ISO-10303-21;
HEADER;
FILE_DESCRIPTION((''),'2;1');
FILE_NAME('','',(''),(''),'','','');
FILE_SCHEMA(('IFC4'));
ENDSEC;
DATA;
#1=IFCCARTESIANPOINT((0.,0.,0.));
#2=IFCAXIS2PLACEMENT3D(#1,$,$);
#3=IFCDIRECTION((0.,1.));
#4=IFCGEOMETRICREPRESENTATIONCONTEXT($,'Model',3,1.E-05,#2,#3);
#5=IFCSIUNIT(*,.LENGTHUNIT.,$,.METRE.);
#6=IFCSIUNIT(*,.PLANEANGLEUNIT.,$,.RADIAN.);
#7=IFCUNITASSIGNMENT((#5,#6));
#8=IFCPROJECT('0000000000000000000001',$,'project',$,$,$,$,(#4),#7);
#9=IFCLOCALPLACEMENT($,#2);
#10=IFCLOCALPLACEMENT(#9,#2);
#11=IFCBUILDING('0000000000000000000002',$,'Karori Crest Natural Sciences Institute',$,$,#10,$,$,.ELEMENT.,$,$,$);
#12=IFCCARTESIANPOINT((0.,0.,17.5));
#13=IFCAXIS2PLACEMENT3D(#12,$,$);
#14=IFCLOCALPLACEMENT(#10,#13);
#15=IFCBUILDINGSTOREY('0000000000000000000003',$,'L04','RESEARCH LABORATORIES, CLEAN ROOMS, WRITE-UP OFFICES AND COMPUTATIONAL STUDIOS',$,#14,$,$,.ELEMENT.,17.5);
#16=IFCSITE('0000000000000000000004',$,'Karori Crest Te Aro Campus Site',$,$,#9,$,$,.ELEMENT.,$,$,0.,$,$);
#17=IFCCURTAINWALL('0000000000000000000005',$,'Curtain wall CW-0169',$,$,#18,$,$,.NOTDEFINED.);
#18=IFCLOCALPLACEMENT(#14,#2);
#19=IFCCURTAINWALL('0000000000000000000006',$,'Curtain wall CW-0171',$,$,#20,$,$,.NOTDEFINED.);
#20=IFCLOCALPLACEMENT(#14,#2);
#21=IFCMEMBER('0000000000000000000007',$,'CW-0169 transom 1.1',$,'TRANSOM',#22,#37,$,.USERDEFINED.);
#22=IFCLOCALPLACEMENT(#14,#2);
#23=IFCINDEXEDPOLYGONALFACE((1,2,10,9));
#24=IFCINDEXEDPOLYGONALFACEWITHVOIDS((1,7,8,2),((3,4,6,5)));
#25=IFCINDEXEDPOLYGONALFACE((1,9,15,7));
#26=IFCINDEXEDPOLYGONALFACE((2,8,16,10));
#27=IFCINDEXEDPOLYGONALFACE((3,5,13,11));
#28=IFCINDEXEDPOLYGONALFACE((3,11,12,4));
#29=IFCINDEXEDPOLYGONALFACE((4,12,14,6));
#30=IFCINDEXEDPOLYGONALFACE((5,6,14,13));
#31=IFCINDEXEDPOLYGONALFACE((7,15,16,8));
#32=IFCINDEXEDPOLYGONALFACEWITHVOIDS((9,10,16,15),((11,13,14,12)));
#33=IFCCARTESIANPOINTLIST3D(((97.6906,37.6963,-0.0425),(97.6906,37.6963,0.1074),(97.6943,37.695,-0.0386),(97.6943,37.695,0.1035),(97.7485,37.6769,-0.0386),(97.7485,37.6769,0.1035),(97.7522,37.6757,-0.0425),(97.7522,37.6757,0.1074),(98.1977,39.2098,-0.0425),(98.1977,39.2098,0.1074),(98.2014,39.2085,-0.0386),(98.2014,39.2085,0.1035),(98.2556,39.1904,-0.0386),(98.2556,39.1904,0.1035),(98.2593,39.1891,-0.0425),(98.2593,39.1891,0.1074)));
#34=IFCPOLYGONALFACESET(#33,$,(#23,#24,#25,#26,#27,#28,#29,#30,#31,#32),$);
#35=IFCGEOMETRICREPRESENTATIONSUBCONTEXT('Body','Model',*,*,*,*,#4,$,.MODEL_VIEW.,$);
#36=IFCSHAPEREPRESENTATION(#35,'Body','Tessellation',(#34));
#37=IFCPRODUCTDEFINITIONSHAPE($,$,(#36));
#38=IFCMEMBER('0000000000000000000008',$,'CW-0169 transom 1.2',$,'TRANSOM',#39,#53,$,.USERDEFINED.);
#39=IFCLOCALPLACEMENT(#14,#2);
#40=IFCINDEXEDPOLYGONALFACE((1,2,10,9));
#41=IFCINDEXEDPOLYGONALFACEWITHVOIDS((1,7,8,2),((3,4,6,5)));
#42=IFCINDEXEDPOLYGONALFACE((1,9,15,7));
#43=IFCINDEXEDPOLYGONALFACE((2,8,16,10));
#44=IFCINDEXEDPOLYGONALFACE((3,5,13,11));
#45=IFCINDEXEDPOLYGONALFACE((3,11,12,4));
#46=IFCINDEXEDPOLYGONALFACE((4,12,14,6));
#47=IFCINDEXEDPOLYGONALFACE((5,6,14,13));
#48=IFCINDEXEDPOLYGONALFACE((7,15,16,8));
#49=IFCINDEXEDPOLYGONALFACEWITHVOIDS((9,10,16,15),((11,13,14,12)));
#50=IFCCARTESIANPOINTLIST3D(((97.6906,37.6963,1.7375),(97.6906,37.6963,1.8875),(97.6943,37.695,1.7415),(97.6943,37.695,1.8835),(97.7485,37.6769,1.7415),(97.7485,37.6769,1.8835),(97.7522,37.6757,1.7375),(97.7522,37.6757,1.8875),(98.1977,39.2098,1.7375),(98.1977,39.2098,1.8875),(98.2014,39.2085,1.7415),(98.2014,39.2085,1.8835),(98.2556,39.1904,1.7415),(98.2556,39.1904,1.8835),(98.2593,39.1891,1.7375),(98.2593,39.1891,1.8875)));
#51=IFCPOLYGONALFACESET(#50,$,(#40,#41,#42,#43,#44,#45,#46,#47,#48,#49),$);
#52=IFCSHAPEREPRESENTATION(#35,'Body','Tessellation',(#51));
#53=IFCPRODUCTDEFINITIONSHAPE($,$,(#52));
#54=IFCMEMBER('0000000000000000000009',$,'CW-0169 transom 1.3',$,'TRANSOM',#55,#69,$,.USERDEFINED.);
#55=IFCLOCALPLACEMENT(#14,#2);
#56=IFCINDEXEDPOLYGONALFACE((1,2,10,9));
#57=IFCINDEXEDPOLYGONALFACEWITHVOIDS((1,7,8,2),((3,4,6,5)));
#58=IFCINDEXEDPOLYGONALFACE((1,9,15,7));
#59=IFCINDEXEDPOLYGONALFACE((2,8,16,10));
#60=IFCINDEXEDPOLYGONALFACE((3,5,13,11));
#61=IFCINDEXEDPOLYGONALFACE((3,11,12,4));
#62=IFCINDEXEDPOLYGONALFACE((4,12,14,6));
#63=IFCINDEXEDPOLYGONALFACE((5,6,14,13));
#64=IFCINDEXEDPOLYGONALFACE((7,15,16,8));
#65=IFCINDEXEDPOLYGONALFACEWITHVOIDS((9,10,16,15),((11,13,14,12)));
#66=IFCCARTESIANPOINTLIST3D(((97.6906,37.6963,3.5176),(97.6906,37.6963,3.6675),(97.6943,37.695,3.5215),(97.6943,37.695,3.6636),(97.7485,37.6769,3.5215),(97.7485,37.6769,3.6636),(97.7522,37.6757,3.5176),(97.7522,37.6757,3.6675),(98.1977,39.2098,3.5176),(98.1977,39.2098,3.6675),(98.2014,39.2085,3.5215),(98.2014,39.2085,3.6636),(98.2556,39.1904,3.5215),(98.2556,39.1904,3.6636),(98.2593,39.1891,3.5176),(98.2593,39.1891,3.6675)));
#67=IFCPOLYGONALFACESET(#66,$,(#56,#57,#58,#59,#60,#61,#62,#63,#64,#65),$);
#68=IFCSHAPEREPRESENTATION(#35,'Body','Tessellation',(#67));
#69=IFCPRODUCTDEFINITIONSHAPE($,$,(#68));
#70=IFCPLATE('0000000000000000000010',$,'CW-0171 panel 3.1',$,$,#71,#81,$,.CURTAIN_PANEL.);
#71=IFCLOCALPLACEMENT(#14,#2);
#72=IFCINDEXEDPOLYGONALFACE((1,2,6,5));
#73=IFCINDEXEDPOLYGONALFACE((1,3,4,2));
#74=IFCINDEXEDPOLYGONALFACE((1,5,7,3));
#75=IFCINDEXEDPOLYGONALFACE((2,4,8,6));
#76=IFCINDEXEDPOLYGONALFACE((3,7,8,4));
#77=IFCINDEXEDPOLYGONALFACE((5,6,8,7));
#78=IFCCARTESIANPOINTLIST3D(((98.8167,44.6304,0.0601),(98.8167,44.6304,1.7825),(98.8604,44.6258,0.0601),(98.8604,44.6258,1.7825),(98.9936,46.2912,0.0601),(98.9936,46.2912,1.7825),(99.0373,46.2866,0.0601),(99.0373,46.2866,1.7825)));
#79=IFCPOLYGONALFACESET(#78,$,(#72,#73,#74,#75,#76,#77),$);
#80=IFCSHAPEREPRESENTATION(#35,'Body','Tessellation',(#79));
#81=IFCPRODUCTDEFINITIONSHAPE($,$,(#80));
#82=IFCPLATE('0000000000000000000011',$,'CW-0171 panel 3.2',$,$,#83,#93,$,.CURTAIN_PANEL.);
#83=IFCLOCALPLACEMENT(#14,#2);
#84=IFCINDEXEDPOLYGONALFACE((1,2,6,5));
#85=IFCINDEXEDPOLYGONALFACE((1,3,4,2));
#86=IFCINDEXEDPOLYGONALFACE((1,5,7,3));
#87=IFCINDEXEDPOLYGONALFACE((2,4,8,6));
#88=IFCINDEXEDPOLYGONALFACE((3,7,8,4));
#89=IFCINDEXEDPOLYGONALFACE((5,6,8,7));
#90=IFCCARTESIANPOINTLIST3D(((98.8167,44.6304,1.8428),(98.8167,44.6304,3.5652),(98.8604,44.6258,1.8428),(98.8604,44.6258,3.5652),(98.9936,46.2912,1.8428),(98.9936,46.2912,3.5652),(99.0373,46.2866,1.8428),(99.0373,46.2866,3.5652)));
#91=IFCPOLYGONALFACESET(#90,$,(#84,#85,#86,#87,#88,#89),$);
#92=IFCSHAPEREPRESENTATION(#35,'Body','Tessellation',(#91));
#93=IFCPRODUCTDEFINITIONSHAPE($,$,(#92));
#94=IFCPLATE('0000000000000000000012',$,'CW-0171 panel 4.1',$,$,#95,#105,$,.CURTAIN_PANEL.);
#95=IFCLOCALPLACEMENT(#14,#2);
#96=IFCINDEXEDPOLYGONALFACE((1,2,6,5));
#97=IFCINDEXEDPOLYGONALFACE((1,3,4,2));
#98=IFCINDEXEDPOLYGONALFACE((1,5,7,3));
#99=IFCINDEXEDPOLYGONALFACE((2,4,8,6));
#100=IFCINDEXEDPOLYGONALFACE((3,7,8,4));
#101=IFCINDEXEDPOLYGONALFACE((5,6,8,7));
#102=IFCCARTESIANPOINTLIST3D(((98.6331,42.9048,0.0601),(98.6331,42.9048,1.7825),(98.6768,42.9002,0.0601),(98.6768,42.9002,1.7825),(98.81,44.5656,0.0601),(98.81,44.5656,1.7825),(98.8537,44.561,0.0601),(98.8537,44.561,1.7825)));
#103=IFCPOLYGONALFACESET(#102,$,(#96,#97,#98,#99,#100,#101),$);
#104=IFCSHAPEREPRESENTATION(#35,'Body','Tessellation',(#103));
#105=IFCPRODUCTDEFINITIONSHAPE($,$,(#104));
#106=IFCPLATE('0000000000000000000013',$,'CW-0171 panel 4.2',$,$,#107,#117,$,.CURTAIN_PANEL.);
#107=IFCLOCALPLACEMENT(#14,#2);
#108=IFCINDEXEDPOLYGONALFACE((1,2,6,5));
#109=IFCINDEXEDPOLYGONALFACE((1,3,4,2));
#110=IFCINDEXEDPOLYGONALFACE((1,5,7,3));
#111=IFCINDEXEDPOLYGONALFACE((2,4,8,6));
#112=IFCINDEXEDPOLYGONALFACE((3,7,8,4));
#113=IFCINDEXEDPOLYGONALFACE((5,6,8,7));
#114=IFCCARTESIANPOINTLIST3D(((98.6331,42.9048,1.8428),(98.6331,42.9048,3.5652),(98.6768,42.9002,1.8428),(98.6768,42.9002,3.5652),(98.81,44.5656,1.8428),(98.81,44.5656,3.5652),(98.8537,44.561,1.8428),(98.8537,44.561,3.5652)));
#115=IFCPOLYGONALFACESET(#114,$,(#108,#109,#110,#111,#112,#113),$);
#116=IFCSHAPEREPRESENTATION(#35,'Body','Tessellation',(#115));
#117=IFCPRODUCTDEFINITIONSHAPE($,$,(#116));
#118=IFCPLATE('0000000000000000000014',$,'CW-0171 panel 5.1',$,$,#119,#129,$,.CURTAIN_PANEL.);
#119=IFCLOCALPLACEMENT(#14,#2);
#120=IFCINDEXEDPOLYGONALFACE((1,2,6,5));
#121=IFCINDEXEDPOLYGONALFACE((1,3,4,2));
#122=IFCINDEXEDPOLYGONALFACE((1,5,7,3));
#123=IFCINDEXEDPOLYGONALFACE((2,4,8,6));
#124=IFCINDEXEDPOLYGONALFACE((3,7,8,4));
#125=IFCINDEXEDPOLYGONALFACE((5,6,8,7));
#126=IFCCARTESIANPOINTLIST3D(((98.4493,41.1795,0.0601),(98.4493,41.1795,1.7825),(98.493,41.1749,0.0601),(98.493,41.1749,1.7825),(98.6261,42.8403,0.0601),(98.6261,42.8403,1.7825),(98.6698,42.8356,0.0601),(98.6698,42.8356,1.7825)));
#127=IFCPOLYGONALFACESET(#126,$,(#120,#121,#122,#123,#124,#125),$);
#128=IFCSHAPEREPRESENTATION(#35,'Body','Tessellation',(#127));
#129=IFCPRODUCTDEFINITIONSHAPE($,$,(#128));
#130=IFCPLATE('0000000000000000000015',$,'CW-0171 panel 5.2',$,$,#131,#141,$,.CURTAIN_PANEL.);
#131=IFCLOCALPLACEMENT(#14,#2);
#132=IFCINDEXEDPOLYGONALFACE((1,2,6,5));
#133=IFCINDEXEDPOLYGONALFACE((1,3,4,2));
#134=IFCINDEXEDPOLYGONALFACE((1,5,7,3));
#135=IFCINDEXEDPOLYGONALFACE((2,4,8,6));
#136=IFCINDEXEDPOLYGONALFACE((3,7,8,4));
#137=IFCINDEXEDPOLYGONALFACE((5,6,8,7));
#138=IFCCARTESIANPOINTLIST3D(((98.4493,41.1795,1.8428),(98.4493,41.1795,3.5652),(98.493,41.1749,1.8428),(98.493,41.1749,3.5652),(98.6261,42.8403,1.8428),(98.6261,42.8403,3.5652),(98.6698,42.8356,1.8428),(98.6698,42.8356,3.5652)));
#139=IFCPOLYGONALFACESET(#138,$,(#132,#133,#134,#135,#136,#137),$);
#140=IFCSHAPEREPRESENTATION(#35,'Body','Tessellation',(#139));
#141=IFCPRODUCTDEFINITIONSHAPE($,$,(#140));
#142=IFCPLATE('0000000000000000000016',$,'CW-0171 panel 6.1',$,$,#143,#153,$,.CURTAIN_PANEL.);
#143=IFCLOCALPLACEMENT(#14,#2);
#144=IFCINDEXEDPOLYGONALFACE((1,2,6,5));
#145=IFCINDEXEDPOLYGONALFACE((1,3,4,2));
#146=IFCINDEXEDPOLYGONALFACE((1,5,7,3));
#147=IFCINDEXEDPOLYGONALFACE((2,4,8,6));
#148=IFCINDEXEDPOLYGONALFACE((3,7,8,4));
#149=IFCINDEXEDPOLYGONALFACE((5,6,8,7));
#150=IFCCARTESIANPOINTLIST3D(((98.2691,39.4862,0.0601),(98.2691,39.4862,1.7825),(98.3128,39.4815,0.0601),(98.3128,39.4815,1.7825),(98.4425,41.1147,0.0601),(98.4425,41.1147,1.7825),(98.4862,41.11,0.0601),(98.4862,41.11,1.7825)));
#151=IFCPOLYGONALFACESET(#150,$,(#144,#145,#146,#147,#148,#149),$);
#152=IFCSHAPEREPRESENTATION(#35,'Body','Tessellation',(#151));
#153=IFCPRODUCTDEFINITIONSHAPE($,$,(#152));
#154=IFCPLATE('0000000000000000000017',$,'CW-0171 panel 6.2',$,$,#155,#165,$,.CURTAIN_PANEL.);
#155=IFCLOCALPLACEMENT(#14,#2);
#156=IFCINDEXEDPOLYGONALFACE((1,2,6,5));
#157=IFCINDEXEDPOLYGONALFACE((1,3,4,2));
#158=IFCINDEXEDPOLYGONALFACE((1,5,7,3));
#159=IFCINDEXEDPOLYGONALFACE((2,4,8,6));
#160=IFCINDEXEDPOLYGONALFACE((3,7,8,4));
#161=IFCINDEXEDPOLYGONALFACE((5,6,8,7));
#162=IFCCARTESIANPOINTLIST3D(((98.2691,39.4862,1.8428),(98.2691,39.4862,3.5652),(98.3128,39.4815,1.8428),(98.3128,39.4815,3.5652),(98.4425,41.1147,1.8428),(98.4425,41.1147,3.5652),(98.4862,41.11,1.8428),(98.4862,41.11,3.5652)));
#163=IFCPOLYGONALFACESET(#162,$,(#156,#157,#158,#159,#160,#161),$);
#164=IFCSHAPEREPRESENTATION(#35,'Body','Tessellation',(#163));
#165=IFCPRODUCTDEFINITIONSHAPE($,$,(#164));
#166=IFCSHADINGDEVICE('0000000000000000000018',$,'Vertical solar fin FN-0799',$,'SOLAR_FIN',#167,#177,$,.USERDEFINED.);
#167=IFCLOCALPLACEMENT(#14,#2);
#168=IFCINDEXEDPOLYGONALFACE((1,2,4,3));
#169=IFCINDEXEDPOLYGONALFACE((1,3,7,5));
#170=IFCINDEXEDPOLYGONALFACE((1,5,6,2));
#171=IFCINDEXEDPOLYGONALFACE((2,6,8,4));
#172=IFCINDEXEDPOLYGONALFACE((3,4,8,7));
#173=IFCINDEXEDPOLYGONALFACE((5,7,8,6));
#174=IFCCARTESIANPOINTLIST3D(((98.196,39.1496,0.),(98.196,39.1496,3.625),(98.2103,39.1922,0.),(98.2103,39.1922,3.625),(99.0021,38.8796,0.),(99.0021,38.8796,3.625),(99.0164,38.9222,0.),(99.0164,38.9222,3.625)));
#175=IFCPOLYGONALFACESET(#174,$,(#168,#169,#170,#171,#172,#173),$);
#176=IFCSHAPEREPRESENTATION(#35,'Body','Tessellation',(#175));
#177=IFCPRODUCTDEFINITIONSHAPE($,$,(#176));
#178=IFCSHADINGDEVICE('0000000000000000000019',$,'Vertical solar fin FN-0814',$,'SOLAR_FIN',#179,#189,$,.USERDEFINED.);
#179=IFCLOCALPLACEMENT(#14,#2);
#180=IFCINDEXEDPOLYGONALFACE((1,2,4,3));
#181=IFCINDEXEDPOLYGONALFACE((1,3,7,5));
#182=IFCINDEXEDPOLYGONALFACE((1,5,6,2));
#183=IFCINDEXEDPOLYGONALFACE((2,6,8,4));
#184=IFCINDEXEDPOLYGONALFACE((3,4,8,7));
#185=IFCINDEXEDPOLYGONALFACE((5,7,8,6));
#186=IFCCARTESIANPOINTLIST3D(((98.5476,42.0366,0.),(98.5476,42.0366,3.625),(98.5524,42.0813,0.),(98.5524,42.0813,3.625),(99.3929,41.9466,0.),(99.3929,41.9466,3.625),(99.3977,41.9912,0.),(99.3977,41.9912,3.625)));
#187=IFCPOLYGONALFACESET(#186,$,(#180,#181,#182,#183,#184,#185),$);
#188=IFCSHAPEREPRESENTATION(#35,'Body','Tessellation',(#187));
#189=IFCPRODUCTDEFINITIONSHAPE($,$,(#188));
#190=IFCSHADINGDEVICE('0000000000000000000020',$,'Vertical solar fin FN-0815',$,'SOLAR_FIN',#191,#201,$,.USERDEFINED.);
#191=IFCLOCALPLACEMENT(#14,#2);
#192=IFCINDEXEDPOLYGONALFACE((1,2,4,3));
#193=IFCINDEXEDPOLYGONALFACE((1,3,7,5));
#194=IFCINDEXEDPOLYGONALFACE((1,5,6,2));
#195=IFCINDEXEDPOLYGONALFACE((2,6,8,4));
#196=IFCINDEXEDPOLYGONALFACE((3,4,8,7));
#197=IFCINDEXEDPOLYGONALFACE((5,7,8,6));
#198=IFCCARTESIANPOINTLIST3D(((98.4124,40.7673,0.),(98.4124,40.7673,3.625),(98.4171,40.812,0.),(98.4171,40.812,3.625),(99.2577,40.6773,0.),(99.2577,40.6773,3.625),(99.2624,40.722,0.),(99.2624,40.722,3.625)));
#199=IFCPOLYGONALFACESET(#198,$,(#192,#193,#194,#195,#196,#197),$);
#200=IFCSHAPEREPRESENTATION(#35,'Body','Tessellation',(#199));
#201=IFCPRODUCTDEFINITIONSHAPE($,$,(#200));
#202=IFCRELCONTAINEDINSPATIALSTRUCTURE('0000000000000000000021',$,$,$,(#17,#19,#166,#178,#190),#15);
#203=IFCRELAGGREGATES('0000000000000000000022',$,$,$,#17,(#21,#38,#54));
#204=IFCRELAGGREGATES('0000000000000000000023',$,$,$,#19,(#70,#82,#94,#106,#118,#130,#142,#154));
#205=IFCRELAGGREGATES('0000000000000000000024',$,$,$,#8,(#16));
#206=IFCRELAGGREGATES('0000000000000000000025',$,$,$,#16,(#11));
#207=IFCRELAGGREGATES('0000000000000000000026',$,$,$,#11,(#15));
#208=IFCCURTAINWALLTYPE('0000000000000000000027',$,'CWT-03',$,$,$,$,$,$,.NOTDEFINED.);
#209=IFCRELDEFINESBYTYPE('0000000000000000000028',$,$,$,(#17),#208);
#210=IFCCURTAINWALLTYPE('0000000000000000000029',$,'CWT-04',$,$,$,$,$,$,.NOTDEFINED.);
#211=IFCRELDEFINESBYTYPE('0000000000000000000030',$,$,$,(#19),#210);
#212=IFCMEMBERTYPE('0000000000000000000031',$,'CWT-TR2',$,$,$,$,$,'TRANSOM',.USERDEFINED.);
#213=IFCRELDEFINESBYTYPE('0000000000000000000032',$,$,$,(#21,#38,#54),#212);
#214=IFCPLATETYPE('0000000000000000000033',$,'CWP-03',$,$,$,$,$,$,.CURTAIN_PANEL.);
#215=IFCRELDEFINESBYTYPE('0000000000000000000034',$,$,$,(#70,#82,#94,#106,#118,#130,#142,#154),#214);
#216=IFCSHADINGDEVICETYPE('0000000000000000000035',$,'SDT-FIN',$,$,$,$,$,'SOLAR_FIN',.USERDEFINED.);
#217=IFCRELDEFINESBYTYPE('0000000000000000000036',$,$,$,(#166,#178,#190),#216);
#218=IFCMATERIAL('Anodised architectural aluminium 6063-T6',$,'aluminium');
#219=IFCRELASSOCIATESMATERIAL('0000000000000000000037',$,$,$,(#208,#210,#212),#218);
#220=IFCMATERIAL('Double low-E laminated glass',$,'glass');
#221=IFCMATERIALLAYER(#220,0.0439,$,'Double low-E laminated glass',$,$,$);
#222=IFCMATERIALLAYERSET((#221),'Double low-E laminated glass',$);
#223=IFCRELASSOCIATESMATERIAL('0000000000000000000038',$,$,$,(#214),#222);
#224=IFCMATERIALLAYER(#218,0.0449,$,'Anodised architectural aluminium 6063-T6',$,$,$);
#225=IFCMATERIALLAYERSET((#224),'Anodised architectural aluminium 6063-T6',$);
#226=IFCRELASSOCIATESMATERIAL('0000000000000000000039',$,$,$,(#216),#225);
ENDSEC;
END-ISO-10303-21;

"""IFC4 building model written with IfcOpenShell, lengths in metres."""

from ifc_helpers import new_model, si_unit, direction, frame, origin, origin_2d, place, context, subcontext, project, spatial, rectangle, hollow_rectangle, extrude, material, layer, layer_set, material_profile, profile_set, type_object, element, aggregate, save


model = new_model("IFC4")

# Units and contexts
model_context = context("Model", 3, precision=1e-05, world=origin(), true_north=direction((0.0, 1.0)))
body_context = subcontext(model_context, "Body", "Model", "MODEL_VIEW")
ifc_project = project(units=[si_unit("LENGTHUNIT", "METRE"), si_unit("PLANEANGLEUNIT", "RADIAN")], contexts=[model_context])

# Site, building, storey
site_placement = place(None, origin())
site = spatial("IfcSite", under=ifc_project, at=site_placement, Name="Karori Crest Te Aro Campus Site", CompositionType="ELEMENT", RefElevation=0.0)
building_placement = place(site_placement, origin())
building = spatial("IfcBuilding", under=site, at=building_placement, Name="Karori Crest Natural Sciences Institute", CompositionType="ELEMENT")
storey_placement = place(building_placement, frame((0.0, 0.0, 17.5)))
storey = spatial("IfcBuildingStorey", under=building, at=storey_placement, Name="L04", Description="RESEARCH LABORATORIES, CLEAN ROOMS, WRITE-UP OFFICES AND COMPUTATIONAL STUDIOS", CompositionType="ELEMENT", Elevation=17.5)

# Curtain wall
ifc_material_1 = material(Name="Anodised architectural aluminium 6063-T6", Category="aluminium")
curtain_wall_type_1 = type_object("IfcCurtainWallType", Name="CWT-03", PredefinedType="NOTDEFINED", material=ifc_material_1)
curtain_wall_1_placement = place(storey_placement, origin())
curtain_wall_1 = element("IfcCurtainWall", 1, at=curtain_wall_1_placement, inside=storey, type_object=curtain_wall_type_1, Name="Curtain wall CW-0169", PredefinedType="NOTDEFINED")

# Curtain wall
curtain_wall_type_2 = type_object("IfcCurtainWallType", Name="CWT-04", PredefinedType="NOTDEFINED", material=ifc_material_1)
curtain_wall_2_placement = place(storey_placement, origin())
curtain_wall_2 = element("IfcCurtainWall", 2, at=curtain_wall_2_placement, inside=storey, type_object=curtain_wall_type_2, Name="Curtain wall CW-0171", PredefinedType="NOTDEFINED")

# Members
ifc_material_profile_1 = material_profile(ifc_material_1, hollow_rectangle(XDim=0.0649, YDim=0.1499, WallThickness=0.0039, at=origin_2d()), Name="CWT150x65x4")
ifc_profile_set_1 = profile_set([ifc_material_profile_1], Name="Anodised architectural aluminium 6063-T6")
member_type_1 = type_object("IfcMemberType", Name="CWT-TR2", ElementType="TRANSOM", PredefinedType="USERDEFINED", material=ifc_profile_set_1)
member_1_placement = place(storey_placement, frame((98.2285, 39.1995, 0.0325), z_axis=(-0.317696, -0.948193, 0.0), x_axis=(0.948193, -0.317696, 0.0)))
member_1 = element("IfcMember", 3, at=member_1_placement, type_object=member_type_1, Name="CW-0169 transom 1.1", ObjectType="TRANSOM", PredefinedType="USERDEFINED", context=body_context, shape_type="SweptSolid", body=[
    extrude(hollow_rectangle(XDim=0.0649, YDim=0.1499, WallThickness=0.0039, at=origin_2d()), origin(), (0.0, 0.0, 1.0), 1.5962),
])
member_2_placement = place(storey_placement, frame((98.2285, 39.1995, 1.8125), z_axis=(-0.317696, -0.948193, 0.0), x_axis=(0.948193, -0.317696, 0.0)))
member_2 = element("IfcMember", 4, at=member_2_placement, type_object=member_type_1, Name="CW-0169 transom 1.2", ObjectType="TRANSOM", PredefinedType="USERDEFINED", context=body_context, shape_type="SweptSolid", body=[
    extrude(hollow_rectangle(XDim=0.0649, YDim=0.1499, WallThickness=0.0039, at=origin_2d()), origin(), (0.0, 0.0, 1.0), 1.5962),
])
member_3_placement = place(storey_placement, frame((98.2285, 39.1995, 3.5925), z_axis=(-0.317696, -0.948193, 0.0), x_axis=(0.948193, -0.317696, 0.0)))
member_3 = element("IfcMember", 5, at=member_3_placement, type_object=member_type_1, Name="CW-0169 transom 1.3", ObjectType="TRANSOM", PredefinedType="USERDEFINED", context=body_context, shape_type="SweptSolid", body=[
    extrude(hollow_rectangle(XDim=0.0649, YDim=0.1499, WallThickness=0.0039, at=origin_2d()), origin(), (0.0, 0.0, 1.0), 1.5962),
])
aggregate(curtain_wall_1, [member_1, member_2, member_3])

# Plates
ifc_material_2 = material(Name="Double low-E laminated glass", Category="glass")
ifc_layer_1 = layer(ifc_material_2, 0.0439, Name="Double low-E laminated glass")
ifc_layer_set_1 = layer_set([ifc_layer_1], Name="Double low-E laminated glass")
plate_type = type_object("IfcPlateType", Name="CWP-03", PredefinedType="CURTAIN_PANEL", material=ifc_layer_set_1)
plate_1_placement = place(storey_placement, frame((98.927, 45.4585, 0.0601), z_axis=(0.0, 0.0, 1.0), x_axis=(-0.105886, -0.994378, 0.0)))
plate_1 = element("IfcPlate", 6, at=plate_1_placement, type_object=plate_type, Name="CW-0171 panel 3.1", PredefinedType="CURTAIN_PANEL", context=body_context, shape_type="SweptSolid", body=[
    extrude(rectangle(XDim=1.6702, YDim=0.0439, at=origin_2d()), origin(), (0.0, 0.0, 1.0), 1.7224),
])
plate_2_placement = place(storey_placement, frame((98.927, 45.4585, 1.8428), z_axis=(0.0, 0.0, 1.0), x_axis=(-0.105886, -0.994378, 0.0)))
plate_2 = element("IfcPlate", 7, at=plate_2_placement, type_object=plate_type, Name="CW-0171 panel 3.2", PredefinedType="CURTAIN_PANEL", context=body_context, shape_type="SweptSolid", body=[
    extrude(rectangle(XDim=1.6702, YDim=0.0439, at=origin_2d()), origin(), (0.0, 0.0, 1.0), 1.7224),
])
plate_3_placement = place(storey_placement, frame((98.7434, 43.7329, 0.0601), z_axis=(0.0, 0.0, 1.0), x_axis=(-0.105886, -0.994378, 0.0)))
plate_3 = element("IfcPlate", 8, at=plate_3_placement, type_object=plate_type, Name="CW-0171 panel 4.1", PredefinedType="CURTAIN_PANEL", context=body_context, shape_type="SweptSolid", body=[
    extrude(rectangle(XDim=1.6702, YDim=0.0439, at=origin_2d()), origin(), (0.0, 0.0, 1.0), 1.7224),
])
plate_4_placement = place(storey_placement, frame((98.7434, 43.7329, 1.8428), z_axis=(0.0, 0.0, 1.0), x_axis=(-0.105886, -0.994378, 0.0)))
plate_4 = element("IfcPlate", 9, at=plate_4_placement, type_object=plate_type, Name="CW-0171 panel 4.2", PredefinedType="CURTAIN_PANEL", context=body_context, shape_type="SweptSolid", body=[
    extrude(rectangle(XDim=1.6702, YDim=0.0439, at=origin_2d()), origin(), (0.0, 0.0, 1.0), 1.7224),
])
plate_5_placement = place(storey_placement, frame((98.5596, 42.0076, 0.0601), z_axis=(0.0, 0.0, 1.0), x_axis=(-0.105886, -0.994378, 0.0)))
plate_5 = element("IfcPlate", 10, at=plate_5_placement, type_object=plate_type, Name="CW-0171 panel 5.1", PredefinedType="CURTAIN_PANEL", context=body_context, shape_type="SweptSolid", body=[
    extrude(rectangle(XDim=1.6702, YDim=0.0439, at=origin_2d()), origin(), (0.0, 0.0, 1.0), 1.7224),
])
plate_6_placement = place(storey_placement, frame((98.5596, 42.0076, 1.8428), z_axis=(0.0, 0.0, 1.0), x_axis=(-0.105886, -0.994378, 0.0)))
plate_6 = element("IfcPlate", 11, at=plate_6_placement, type_object=plate_type, Name="CW-0171 panel 5.2", PredefinedType="CURTAIN_PANEL", context=body_context, shape_type="SweptSolid", body=[
    extrude(rectangle(XDim=1.6702, YDim=0.0439, at=origin_2d()), origin(), (0.0, 0.0, 1.0), 1.7224),
])
plate_7_placement = place(storey_placement, frame((98.3777, 40.2981, 0.0601), z_axis=(0.0, 0.0, 1.0), x_axis=(-0.105886, -0.994378, 0.0)))
plate_7 = element("IfcPlate", 12, at=plate_7_placement, type_object=plate_type, Name="CW-0171 panel 6.1", PredefinedType="CURTAIN_PANEL", context=body_context, shape_type="SweptSolid", body=[
    extrude(rectangle(XDim=1.6377, YDim=0.0439, at=origin_2d()), origin(), (0.0, 0.0, 1.0), 1.7224),
])
plate_8_placement = place(storey_placement, frame((98.3777, 40.2981, 1.8428), z_axis=(0.0, 0.0, 1.0), x_axis=(-0.105886, -0.994378, 0.0)))
plate_8 = element("IfcPlate", 13, at=plate_8_placement, type_object=plate_type, Name="CW-0171 panel 6.2", PredefinedType="CURTAIN_PANEL", context=body_context, shape_type="SweptSolid", body=[
    extrude(rectangle(XDim=1.6377, YDim=0.0439, at=origin_2d()), origin(), (0.0, 0.0, 1.0), 1.7224),
])
aggregate(curtain_wall_2, [plate_1, plate_2, plate_3, plate_4, plate_5, plate_6, plate_7, plate_8])

# Shading devices
ifc_layer_2 = layer(ifc_material_1, 0.0449, Name="Anodised architectural aluminium 6063-T6")
ifc_layer_set_2 = layer_set([ifc_layer_2], Name="Anodised architectural aluminium 6063-T6")
shading_device_type = type_object("IfcShadingDeviceType", Name="SDT-FIN", ElementType="SOLAR_FIN", PredefinedType="USERDEFINED", material=ifc_layer_set_2)
for number, where, z_axis, x_axis, name in (
    (14, (98.6062, 39.0359, 0.0), (0.0, 0.0, 1.0), (0.948198, -0.31768, 0.0), "Vertical solar fin FN-0799"),
    (15, (98.9727, 42.0139, 0.0), (0.0, 0.0, 1.0), (0.994378, -0.105886, 0.0), "Vertical solar fin FN-0814"),
    (16, (98.8374, 40.7446, 0.0), (0.0, 0.0, 1.0), (0.994378, -0.105886, 0.0), "Vertical solar fin FN-0815"),
):
    element("IfcShadingDevice", number, at=place(storey_placement, frame(where, z_axis=z_axis, x_axis=x_axis)), inside=storey, type_object=shading_device_type, Name=name, ObjectType="SOLAR_FIN", PredefinedType="USERDEFINED", context=body_context, shape_type="SweptSolid", body=[
        extrude(rectangle(XDim=0.8501, YDim=0.0449, at=origin_2d()), origin(), (0.0, 0.0, 1.0), 3.625),
    ])

save(model, "model.ifc")
